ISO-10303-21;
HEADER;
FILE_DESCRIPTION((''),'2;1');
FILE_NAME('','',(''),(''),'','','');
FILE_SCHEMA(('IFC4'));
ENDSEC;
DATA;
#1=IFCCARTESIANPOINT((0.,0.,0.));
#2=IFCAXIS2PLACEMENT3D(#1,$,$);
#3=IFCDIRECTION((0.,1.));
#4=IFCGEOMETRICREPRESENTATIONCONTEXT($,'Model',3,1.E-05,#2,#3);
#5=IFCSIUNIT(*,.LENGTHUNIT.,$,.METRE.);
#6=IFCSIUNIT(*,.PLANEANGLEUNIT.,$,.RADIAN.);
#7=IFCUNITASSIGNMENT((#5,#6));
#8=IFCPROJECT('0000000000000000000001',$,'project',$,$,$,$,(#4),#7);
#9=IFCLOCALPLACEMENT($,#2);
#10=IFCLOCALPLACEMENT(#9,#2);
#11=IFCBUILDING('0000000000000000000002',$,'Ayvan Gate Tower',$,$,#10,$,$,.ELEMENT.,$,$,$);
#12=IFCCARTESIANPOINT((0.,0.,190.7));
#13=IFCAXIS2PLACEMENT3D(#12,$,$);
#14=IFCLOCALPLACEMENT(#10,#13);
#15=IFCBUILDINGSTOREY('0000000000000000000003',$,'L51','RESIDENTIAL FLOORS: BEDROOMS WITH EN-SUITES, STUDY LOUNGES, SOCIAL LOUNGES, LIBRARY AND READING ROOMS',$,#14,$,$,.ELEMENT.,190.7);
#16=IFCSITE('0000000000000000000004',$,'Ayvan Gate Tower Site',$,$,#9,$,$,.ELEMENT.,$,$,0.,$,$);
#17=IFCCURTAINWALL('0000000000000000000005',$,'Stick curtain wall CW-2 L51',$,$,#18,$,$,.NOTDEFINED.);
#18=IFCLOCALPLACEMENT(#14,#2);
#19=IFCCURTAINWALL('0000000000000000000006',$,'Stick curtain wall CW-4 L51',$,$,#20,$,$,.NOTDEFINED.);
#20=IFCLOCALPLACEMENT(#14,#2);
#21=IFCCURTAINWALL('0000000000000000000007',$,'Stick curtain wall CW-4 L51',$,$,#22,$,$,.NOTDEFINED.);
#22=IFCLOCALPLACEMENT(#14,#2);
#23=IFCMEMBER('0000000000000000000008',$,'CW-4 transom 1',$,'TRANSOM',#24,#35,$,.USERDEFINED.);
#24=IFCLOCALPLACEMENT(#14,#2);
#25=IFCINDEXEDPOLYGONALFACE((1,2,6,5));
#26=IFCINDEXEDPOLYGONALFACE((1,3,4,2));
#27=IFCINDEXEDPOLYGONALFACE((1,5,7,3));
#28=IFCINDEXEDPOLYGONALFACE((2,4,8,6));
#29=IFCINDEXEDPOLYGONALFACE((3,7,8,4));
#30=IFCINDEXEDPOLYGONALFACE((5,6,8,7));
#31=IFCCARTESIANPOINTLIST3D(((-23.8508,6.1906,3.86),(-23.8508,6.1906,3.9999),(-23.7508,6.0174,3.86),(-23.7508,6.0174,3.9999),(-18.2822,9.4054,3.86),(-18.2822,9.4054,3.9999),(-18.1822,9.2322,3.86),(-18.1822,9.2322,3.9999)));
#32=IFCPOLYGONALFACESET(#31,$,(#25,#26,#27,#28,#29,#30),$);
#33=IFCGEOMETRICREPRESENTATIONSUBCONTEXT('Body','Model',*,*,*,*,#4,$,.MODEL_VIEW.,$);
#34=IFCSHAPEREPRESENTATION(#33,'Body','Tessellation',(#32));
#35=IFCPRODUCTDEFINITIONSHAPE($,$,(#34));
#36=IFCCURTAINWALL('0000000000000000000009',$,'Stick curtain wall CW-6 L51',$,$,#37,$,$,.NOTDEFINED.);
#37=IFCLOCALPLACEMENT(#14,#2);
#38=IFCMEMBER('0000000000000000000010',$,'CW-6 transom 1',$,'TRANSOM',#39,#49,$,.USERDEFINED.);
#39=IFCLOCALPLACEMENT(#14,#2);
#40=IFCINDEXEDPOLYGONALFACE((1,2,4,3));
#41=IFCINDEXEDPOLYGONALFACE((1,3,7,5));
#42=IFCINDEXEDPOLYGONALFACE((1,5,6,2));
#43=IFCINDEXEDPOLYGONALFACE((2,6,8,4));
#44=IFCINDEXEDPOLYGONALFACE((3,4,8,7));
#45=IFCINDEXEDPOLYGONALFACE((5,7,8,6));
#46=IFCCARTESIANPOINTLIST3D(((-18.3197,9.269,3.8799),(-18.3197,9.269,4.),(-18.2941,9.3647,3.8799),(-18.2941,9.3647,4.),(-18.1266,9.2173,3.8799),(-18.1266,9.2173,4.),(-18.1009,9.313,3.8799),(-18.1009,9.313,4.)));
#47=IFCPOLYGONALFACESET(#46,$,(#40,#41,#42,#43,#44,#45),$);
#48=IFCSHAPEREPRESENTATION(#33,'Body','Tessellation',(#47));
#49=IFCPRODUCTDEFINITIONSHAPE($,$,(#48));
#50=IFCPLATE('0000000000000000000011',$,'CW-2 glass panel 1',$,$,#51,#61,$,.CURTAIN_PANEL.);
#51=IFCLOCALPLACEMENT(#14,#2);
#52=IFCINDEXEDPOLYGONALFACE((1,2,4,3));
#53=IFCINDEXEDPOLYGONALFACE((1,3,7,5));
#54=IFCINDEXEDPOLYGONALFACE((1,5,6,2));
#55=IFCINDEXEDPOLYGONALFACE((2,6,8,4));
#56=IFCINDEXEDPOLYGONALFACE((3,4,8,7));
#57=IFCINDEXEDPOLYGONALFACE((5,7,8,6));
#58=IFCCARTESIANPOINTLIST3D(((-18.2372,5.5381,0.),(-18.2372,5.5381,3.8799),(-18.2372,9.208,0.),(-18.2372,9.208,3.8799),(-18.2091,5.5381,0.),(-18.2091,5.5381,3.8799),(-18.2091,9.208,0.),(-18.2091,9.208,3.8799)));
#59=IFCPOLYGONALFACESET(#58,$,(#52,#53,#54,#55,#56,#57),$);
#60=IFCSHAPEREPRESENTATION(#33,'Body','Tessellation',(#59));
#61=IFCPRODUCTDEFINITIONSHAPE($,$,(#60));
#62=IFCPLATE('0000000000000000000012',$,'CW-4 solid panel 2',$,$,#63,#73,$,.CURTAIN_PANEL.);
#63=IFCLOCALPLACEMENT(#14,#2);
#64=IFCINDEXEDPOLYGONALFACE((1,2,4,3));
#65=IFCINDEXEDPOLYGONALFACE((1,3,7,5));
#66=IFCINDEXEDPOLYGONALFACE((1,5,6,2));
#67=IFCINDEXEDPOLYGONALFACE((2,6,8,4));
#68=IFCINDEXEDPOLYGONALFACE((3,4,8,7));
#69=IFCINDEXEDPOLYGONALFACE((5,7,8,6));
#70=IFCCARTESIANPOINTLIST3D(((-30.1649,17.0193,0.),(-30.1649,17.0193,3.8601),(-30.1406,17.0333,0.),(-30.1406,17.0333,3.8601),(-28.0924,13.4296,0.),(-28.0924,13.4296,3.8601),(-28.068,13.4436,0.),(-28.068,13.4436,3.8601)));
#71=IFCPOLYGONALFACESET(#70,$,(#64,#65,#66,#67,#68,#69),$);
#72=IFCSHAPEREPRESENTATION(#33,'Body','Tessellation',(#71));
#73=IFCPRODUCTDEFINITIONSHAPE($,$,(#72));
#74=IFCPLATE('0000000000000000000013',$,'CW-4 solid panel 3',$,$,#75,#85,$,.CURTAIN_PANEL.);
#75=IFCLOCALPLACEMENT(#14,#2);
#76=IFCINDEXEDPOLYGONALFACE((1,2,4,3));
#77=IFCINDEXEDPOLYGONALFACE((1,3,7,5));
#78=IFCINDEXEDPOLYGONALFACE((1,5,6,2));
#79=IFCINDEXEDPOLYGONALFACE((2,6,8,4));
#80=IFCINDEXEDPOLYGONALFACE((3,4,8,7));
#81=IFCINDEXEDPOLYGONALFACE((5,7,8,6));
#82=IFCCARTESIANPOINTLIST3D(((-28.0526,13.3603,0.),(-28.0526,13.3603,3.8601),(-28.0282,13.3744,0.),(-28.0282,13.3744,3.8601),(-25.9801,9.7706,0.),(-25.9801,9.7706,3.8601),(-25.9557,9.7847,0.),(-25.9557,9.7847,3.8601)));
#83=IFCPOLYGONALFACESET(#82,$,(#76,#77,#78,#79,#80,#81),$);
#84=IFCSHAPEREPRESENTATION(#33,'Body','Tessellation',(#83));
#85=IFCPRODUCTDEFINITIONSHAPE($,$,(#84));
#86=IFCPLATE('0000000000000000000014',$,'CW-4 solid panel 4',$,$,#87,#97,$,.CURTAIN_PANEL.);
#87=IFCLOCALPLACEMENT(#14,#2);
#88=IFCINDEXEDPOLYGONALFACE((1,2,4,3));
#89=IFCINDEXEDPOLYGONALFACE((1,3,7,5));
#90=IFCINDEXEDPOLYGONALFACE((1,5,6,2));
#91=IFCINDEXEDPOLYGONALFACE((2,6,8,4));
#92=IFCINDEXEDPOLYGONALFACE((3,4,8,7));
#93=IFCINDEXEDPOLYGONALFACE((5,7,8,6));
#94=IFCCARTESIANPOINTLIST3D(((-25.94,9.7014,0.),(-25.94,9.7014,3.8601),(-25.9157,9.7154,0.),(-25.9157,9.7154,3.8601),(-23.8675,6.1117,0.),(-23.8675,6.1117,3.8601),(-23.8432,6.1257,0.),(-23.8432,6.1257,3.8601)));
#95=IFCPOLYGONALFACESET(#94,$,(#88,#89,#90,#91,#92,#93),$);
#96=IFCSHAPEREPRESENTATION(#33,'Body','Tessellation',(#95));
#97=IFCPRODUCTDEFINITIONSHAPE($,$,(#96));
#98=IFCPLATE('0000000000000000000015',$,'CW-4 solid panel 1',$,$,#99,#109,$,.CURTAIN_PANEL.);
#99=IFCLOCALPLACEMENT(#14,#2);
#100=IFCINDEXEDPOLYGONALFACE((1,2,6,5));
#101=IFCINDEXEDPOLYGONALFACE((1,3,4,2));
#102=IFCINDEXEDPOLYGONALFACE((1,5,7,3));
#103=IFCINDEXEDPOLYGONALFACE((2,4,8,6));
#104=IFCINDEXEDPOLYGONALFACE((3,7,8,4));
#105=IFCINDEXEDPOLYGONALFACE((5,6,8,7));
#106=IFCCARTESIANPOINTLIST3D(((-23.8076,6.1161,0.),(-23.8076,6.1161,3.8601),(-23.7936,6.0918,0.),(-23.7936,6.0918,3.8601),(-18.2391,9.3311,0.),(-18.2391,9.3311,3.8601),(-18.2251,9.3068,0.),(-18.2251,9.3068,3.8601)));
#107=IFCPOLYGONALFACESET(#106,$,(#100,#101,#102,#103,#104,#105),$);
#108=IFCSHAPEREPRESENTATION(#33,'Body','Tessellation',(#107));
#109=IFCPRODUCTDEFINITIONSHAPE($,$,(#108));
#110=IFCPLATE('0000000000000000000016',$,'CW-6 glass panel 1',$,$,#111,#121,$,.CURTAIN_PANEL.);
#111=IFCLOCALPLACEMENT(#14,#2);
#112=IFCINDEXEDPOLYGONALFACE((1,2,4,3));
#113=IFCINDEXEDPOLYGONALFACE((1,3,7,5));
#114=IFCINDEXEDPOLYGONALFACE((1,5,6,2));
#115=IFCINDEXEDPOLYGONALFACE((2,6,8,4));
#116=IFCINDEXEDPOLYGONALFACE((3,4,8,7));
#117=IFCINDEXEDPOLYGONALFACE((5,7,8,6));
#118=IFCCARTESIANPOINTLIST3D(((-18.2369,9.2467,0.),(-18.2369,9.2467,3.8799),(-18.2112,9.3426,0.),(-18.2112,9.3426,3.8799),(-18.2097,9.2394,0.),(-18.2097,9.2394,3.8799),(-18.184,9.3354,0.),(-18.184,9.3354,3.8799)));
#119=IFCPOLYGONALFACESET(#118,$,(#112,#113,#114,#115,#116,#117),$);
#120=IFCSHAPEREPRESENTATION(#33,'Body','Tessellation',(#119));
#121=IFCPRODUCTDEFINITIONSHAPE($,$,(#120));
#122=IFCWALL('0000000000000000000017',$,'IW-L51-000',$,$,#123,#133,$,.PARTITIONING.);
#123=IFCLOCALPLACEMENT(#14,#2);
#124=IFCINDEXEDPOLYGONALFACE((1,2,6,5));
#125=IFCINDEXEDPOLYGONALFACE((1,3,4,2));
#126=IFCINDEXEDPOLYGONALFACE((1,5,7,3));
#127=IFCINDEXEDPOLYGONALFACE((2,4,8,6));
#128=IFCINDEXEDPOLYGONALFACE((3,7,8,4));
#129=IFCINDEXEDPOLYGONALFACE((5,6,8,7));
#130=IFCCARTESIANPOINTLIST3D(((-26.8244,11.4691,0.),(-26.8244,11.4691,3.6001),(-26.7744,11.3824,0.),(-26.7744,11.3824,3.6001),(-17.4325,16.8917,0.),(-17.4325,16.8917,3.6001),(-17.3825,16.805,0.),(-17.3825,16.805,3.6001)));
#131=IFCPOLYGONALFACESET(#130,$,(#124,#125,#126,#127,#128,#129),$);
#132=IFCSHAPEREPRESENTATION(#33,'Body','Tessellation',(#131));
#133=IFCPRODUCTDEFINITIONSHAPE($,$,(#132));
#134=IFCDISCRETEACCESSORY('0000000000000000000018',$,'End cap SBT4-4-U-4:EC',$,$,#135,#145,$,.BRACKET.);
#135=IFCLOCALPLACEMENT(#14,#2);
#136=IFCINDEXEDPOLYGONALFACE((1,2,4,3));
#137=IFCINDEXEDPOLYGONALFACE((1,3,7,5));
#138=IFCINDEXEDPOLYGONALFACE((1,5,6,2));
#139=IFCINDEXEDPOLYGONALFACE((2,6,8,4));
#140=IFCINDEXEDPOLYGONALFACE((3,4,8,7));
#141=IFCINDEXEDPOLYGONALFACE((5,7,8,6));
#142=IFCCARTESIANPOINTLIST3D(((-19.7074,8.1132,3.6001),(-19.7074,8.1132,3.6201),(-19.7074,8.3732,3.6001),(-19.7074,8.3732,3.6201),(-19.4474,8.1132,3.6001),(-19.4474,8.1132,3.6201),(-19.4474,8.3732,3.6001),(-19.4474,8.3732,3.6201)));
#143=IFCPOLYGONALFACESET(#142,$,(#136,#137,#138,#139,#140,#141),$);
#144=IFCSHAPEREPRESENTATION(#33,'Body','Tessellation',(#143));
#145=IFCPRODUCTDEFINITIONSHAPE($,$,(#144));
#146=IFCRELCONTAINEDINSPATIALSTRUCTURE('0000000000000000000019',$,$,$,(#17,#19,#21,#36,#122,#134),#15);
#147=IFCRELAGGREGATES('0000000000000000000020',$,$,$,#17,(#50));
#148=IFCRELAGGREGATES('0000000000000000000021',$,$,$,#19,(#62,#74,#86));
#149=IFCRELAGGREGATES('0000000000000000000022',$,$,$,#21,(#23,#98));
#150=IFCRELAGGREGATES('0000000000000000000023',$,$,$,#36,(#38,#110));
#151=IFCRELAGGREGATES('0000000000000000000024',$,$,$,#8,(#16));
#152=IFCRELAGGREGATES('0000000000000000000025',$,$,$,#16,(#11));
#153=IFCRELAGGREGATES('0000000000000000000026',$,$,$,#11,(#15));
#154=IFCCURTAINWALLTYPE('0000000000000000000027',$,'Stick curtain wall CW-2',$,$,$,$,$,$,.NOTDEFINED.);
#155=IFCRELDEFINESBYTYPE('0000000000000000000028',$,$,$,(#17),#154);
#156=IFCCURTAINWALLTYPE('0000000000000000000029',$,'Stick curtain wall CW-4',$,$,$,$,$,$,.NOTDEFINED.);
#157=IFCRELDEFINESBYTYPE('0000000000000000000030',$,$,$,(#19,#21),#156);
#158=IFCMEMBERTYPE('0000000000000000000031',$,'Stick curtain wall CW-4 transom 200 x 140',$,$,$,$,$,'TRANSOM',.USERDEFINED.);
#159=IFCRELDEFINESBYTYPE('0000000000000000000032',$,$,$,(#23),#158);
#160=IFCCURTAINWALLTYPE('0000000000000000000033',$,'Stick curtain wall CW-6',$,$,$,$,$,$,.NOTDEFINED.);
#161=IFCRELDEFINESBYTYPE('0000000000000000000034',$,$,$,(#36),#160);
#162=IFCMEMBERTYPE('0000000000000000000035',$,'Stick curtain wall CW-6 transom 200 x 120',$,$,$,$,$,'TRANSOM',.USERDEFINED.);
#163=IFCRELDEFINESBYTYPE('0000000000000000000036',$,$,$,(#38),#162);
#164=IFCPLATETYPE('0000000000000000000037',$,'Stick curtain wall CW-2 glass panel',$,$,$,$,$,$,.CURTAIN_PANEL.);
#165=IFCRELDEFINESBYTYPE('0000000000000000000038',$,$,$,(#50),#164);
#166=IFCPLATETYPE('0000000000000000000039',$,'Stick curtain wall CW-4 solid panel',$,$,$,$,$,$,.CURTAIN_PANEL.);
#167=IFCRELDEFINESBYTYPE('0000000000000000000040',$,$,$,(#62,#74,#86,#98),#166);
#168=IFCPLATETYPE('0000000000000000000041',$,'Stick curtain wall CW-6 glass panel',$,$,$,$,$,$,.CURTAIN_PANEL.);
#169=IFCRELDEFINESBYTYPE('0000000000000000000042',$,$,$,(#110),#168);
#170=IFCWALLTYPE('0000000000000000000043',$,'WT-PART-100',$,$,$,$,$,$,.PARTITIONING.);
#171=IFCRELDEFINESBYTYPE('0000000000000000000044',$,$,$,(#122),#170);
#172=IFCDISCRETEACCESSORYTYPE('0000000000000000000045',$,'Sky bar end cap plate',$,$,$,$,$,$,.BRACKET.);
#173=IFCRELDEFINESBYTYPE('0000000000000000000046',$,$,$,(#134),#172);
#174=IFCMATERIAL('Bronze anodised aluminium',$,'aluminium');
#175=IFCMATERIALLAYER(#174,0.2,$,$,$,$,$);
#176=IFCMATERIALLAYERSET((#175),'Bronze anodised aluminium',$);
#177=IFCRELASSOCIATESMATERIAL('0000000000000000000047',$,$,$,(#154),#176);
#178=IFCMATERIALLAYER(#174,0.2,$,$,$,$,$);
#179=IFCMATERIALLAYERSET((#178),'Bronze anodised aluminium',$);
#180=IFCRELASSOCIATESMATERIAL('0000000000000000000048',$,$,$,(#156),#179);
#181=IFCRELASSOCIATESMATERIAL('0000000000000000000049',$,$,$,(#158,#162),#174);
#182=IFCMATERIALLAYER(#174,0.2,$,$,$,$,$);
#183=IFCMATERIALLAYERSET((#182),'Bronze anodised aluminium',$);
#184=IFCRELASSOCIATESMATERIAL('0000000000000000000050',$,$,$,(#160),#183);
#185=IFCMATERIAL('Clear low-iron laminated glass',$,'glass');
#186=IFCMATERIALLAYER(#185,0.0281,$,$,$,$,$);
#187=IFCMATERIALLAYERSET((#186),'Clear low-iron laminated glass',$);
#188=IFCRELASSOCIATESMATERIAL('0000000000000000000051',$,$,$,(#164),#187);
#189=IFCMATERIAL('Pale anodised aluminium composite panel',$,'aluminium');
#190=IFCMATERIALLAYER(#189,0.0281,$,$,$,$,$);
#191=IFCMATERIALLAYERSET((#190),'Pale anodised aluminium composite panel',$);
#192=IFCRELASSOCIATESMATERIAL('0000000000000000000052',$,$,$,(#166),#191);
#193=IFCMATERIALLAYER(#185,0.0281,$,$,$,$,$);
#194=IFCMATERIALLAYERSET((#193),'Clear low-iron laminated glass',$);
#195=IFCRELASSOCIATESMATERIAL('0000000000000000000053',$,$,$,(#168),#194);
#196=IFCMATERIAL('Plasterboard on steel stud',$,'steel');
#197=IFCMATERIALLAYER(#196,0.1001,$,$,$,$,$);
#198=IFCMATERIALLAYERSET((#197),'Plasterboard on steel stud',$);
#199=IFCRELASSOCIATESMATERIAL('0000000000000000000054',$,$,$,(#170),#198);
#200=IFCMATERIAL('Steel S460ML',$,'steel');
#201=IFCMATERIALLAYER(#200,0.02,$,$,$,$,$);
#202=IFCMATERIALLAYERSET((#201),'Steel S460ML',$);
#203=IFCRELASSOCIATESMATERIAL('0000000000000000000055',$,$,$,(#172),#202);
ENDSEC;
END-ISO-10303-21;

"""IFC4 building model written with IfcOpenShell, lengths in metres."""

from ifc_helpers import new_model, si_unit, direction, frame, frame_2d, origin, origin_2d, place, context, subcontext, project, spatial, rectangle, extrude, material, layer, layer_set, material_profile, profile_set, type_object, element, aggregate, save


model = new_model("IFC4")

# Units and contexts
model_context = context("Model", 3, precision=1e-05, world=origin(), true_north=direction((0.0, 1.0)))
body_context = subcontext(model_context, "Body", "Model", "MODEL_VIEW")
ifc_project = project(units=[si_unit("LENGTHUNIT", "METRE"), si_unit("PLANEANGLEUNIT", "RADIAN")], contexts=[model_context])

# Site, building, storey
site_placement = place(None, origin())
site = spatial("IfcSite", under=ifc_project, at=site_placement, Name="Ayvan Gate Tower Site", CompositionType="ELEMENT", RefElevation=0.0)
building_placement = place(site_placement, origin())
building = spatial("IfcBuilding", under=site, at=building_placement, Name="Ayvan Gate Tower", CompositionType="ELEMENT")
storey_placement = place(building_placement, frame((0.0, 0.0, 190.7)))
storey = spatial("IfcBuildingStorey", under=building, at=storey_placement, Name="L51", Description="RESIDENTIAL FLOORS: BEDROOMS WITH EN-SUITES, STUDY LOUNGES, SOCIAL LOUNGES, LIBRARY AND READING ROOMS", CompositionType="ELEMENT", Elevation=190.7)

# Curtain walls, member
ifc_material_1 = material(Name="Bronze anodised aluminium", Category="aluminium")
ifc_layer_1 = layer(ifc_material_1, 0.2)
ifc_layer_set_1 = layer_set([ifc_layer_1], Name="Bronze anodised aluminium")
curtain_wall_type_1 = type_object("IfcCurtainWallType", Name="Stick curtain wall CW-2", PredefinedType="NOTDEFINED", material=ifc_layer_set_1)
curtain_wall_1_placement = place(storey_placement, origin())
curtain_wall_1 = element("IfcCurtainWall", 1, at=curtain_wall_1_placement, inside=storey, type_object=curtain_wall_type_1, Name="Stick curtain wall CW-2 L51", PredefinedType="NOTDEFINED")
ifc_layer_2 = layer(ifc_material_1, 0.2)
ifc_layer_set_2 = layer_set([ifc_layer_2], Name="Bronze anodised aluminium")
curtain_wall_type_2 = type_object("IfcCurtainWallType", Name="Stick curtain wall CW-4", PredefinedType="NOTDEFINED", material=ifc_layer_set_2)
curtain_wall_2_placement = place(storey_placement, origin())
curtain_wall_2 = element("IfcCurtainWall", 2, at=curtain_wall_2_placement, inside=storey, type_object=curtain_wall_type_2, Name="Stick curtain wall CW-4 L51", PredefinedType="NOTDEFINED")
curtain_wall_3_placement = place(storey_placement, origin())
curtain_wall_3 = element("IfcCurtainWall", 3, at=curtain_wall_3_placement, inside=storey, type_object=curtain_wall_type_2, Name="Stick curtain wall CW-4 L51", PredefinedType="NOTDEFINED")
ifc_material_profile_1 = material_profile(ifc_material_1, rectangle(XDim=0.2, YDim=0.1399, at=origin_2d()), Name="Stick curtain wall CW-4 transom 200 x 140")
ifc_profile_set_1 = profile_set([ifc_material_profile_1], Name="Bronze anodised aluminium")
member_type_1 = type_object("IfcMemberType", Name="Stick curtain wall CW-4 transom 200 x 140", ElementType="TRANSOM", PredefinedType="USERDEFINED", material=ifc_profile_set_1)
member_1_placement = place(storey_placement, frame((-23.8008, 6.104, 3.9299), z_axis=(0.866038, 0.499978, 0.0), x_axis=(-0.499978, 0.866038, 0.0)))
member_1 = element("IfcMember", 4, at=member_1_placement, type_object=member_type_1, Name="CW-4 transom 1", ObjectType="TRANSOM", PredefinedType="USERDEFINED", context=body_context, shape_type="SweptSolid", body=[
    extrude(rectangle(XDim=0.2, YDim=0.1399, at=origin_2d()), origin(), (0.0, 0.0, 1.0), 6.4299),
])

# Curtain wall, member
ifc_layer_3 = layer(ifc_material_1, 0.2)
ifc_layer_set_3 = layer_set([ifc_layer_3], Name="Bronze anodised aluminium")
curtain_wall_type_3 = type_object("IfcCurtainWallType", Name="Stick curtain wall CW-6", PredefinedType="NOTDEFINED", material=ifc_layer_set_3)
curtain_wall_4_placement = place(storey_placement, origin())
curtain_wall_4 = element("IfcCurtainWall", 5, at=curtain_wall_4_placement, inside=storey, type_object=curtain_wall_type_3, Name="Stick curtain wall CW-6 L51", PredefinedType="NOTDEFINED")
ifc_material_profile_2 = material_profile(ifc_material_1, rectangle(XDim=0.2, YDim=0.1201, at=origin_2d()), Name="Stick curtain wall CW-6 transom 200 x 120")
ifc_profile_set_2 = profile_set([ifc_material_profile_2], Name="Bronze anodised aluminium")
member_type_2 = type_object("IfcMemberType", Name="Stick curtain wall CW-6 transom 200 x 120", ElementType="TRANSOM", PredefinedType="USERDEFINED", material=ifc_profile_set_2)
member_2_placement = place(storey_placement, frame((-18.1975, 9.3389, 3.9399), z_axis=(-0.258736, -0.965948, 0.0), x_axis=(0.965948, -0.258736, 0.0)))
member_2 = element("IfcMember", 6, at=member_2_placement, type_object=member_type_2, Name="CW-6 transom 1", ObjectType="TRANSOM", PredefinedType="USERDEFINED", context=body_context, shape_type="SweptSolid", body=[
    extrude(rectangle(XDim=0.2, YDim=0.1201, at=origin_2d()), origin(), (0.0, 0.0, 1.0), 0.0991),
])

# Plates
ifc_material_2 = material(Name="Clear low-iron laminated glass", Category="glass")
ifc_layer_4 = layer(ifc_material_2, 0.0281)
ifc_layer_set_4 = layer_set([ifc_layer_4], Name="Clear low-iron laminated glass")
plate_type_1 = type_object("IfcPlateType", Name="Stick curtain wall CW-2 glass panel", PredefinedType="CURTAIN_PANEL", material=ifc_layer_set_4)
plate_1_placement = place(storey_placement, frame((-18.2231, 7.373, 0.0), z_axis=(0.0, 0.0, 1.0), x_axis=(0.0, -1.0, 0.0)))
plate_1 = element("IfcPlate", 7, at=plate_1_placement, type_object=plate_type_1, Name="CW-2 glass panel 1", PredefinedType="CURTAIN_PANEL", context=body_context, shape_type="SweptSolid", body=[
    extrude(rectangle(XDim=3.6699, YDim=0.0281, at=origin_2d()), origin(), (0.0, 0.0, 1.0), 3.8799),
])
aggregate(curtain_wall_1, [plate_1])
ifc_material_3 = material(Name="Pale anodised aluminium composite panel", Category="aluminium")
ifc_layer_5 = layer(ifc_material_3, 0.0281)
ifc_layer_set_5 = layer_set([ifc_layer_5], Name="Pale anodised aluminium composite panel")
plate_type_2 = type_object("IfcPlateType", Name="Stick curtain wall CW-4 solid panel", PredefinedType="CURTAIN_PANEL", material=ifc_layer_set_5)
plate_2_placement = place(storey_placement, frame((-29.1165, 15.2314, 0.0), z_axis=(0.0, 0.0, 1.0), x_axis=(0.5, -0.866025, 0.0)))
plate_2 = element("IfcPlate", 8, at=plate_2_placement, type_object=plate_type_2, Name="CW-4 solid panel 2", PredefinedType="CURTAIN_PANEL", context=body_context, shape_type="SweptSolid", body=[
    extrude(rectangle(XDim=4.145, YDim=0.0281, at=origin_2d()), origin(), (0.0, 0.0, 1.0), 3.8601),
])
plate_3_placement = place(storey_placement, frame((-27.0042, 11.5725, 0.0), z_axis=(0.0, 0.0, 1.0), x_axis=(0.5, -0.866025, 0.0)))
plate_3 = element("IfcPlate", 9, at=plate_3_placement, type_object=plate_type_2, Name="CW-4 solid panel 3", PredefinedType="CURTAIN_PANEL", context=body_context, shape_type="SweptSolid", body=[
    extrude(rectangle(XDim=4.145, YDim=0.0281, at=origin_2d()), origin(), (0.0, 0.0, 1.0), 3.8601),
])
plate_4_placement = place(storey_placement, frame((-24.8916, 7.9136, 0.0), z_axis=(0.0, 0.0, 1.0), x_axis=(0.5, -0.866025, 0.0)))
plate_4 = element("IfcPlate", 10, at=plate_4_placement, type_object=plate_type_2, Name="CW-4 solid panel 4", PredefinedType="CURTAIN_PANEL", context=body_context, shape_type="SweptSolid", body=[
    extrude(rectangle(XDim=4.145, YDim=0.0281, at=origin_2d()), origin(), (0.0, 0.0, 1.0), 3.8601),
])
aggregate(curtain_wall_2, [plate_2, plate_3, plate_4])
plate_5_placement = place(storey_placement, frame((-21.0164, 7.7114, 0.0), z_axis=(0.0, 0.0, 1.0), x_axis=(0.866025, 0.5, 0.0)))
plate_5 = element("IfcPlate", 11, at=plate_5_placement, type_object=plate_type_2, Name="CW-4 solid panel 1", PredefinedType="CURTAIN_PANEL", context=body_context, shape_type="SweptSolid", body=[
    extrude(rectangle(XDim=6.4299, YDim=0.0281, at=origin_2d()), origin(), (0.0, 0.0, 1.0), 3.8601),
])
aggregate(curtain_wall_3, [member_1, plate_5])
ifc_layer_6 = layer(ifc_material_2, 0.0281)
ifc_layer_set_6 = layer_set([ifc_layer_6], Name="Clear low-iron laminated glass")
plate_type_3 = type_object("IfcPlateType", Name="Stick curtain wall CW-6 glass panel", PredefinedType="CURTAIN_PANEL", material=ifc_layer_set_6)
plate_6_placement = place(storey_placement, frame((-18.2104, 9.291, 0.0), z_axis=(0.0, 0.0, 1.0), x_axis=(-0.258819, -0.965926, 0.0)))
plate_6 = element("IfcPlate", 12, at=plate_6_placement, type_object=plate_type_3, Name="CW-6 glass panel 1", PredefinedType="CURTAIN_PANEL", context=body_context, shape_type="SweptSolid", body=[
    extrude(rectangle(XDim=0.0994, YDim=0.0281, at=origin_2d()), origin(), (0.0, 0.0, 1.0), 3.8799),
])
aggregate(curtain_wall_4, [member_2, plate_6])

# Wall
ifc_material_4 = material(Name="Plasterboard on steel stud", Category="steel")
ifc_layer_7 = layer(ifc_material_4, 0.1001)
ifc_layer_set_7 = layer_set([ifc_layer_7], Name="Plasterboard on steel stud")
wall_type = type_object("IfcWallType", Name="WT-PART-100", PredefinedType="PARTITIONING", material=ifc_layer_set_7)
wall_placement = place(storey_placement, frame((-26.7993, 11.4258, 0.0), z_axis=(0.0, 0.0, 1.0), x_axis=(0.866017, 0.500015, 0.0)))
element("IfcWall", 13, at=wall_placement, inside=storey, type_object=wall_type, Name="IW-L51-000", PredefinedType="PARTITIONING", context=body_context, shape_type="SweptSolid", body=[
    extrude(rectangle(XDim=10.845, YDim=0.1001, at=frame_2d((5.4224, 0.0))), origin(), (0.0, 0.0, 1.0), 3.6001),
])

# Discrete accessory
ifc_material_5 = material(Name="Steel S460ML", Category="steel")
ifc_layer_8 = layer(ifc_material_5, 0.02)
ifc_layer_set_8 = layer_set([ifc_layer_8], Name="Steel S460ML")
discrete_accessory_type = type_object("IfcDiscreteAccessoryType", Name="Sky bar end cap plate", PredefinedType="BRACKET", material=ifc_layer_set_8)
discrete_accessory_placement = place(storey_placement, frame((-19.5774, 8.2432, 3.6001), z_axis=(0.0, 0.0, 1.0), x_axis=(1.0, 0.0, 0.0)))
element("IfcDiscreteAccessory", 14, at=discrete_accessory_placement, inside=storey, type_object=discrete_accessory_type, Name="End cap SBT4-4-U-4:EC", PredefinedType="BRACKET", context=body_context, shape_type="SweptSolid", body=[
    extrude(rectangle(XDim=0.26, YDim=0.26, at=origin_2d()), origin(), (0.0, 0.0, 1.0), 0.02),
])

save(model, "model.ifc")
